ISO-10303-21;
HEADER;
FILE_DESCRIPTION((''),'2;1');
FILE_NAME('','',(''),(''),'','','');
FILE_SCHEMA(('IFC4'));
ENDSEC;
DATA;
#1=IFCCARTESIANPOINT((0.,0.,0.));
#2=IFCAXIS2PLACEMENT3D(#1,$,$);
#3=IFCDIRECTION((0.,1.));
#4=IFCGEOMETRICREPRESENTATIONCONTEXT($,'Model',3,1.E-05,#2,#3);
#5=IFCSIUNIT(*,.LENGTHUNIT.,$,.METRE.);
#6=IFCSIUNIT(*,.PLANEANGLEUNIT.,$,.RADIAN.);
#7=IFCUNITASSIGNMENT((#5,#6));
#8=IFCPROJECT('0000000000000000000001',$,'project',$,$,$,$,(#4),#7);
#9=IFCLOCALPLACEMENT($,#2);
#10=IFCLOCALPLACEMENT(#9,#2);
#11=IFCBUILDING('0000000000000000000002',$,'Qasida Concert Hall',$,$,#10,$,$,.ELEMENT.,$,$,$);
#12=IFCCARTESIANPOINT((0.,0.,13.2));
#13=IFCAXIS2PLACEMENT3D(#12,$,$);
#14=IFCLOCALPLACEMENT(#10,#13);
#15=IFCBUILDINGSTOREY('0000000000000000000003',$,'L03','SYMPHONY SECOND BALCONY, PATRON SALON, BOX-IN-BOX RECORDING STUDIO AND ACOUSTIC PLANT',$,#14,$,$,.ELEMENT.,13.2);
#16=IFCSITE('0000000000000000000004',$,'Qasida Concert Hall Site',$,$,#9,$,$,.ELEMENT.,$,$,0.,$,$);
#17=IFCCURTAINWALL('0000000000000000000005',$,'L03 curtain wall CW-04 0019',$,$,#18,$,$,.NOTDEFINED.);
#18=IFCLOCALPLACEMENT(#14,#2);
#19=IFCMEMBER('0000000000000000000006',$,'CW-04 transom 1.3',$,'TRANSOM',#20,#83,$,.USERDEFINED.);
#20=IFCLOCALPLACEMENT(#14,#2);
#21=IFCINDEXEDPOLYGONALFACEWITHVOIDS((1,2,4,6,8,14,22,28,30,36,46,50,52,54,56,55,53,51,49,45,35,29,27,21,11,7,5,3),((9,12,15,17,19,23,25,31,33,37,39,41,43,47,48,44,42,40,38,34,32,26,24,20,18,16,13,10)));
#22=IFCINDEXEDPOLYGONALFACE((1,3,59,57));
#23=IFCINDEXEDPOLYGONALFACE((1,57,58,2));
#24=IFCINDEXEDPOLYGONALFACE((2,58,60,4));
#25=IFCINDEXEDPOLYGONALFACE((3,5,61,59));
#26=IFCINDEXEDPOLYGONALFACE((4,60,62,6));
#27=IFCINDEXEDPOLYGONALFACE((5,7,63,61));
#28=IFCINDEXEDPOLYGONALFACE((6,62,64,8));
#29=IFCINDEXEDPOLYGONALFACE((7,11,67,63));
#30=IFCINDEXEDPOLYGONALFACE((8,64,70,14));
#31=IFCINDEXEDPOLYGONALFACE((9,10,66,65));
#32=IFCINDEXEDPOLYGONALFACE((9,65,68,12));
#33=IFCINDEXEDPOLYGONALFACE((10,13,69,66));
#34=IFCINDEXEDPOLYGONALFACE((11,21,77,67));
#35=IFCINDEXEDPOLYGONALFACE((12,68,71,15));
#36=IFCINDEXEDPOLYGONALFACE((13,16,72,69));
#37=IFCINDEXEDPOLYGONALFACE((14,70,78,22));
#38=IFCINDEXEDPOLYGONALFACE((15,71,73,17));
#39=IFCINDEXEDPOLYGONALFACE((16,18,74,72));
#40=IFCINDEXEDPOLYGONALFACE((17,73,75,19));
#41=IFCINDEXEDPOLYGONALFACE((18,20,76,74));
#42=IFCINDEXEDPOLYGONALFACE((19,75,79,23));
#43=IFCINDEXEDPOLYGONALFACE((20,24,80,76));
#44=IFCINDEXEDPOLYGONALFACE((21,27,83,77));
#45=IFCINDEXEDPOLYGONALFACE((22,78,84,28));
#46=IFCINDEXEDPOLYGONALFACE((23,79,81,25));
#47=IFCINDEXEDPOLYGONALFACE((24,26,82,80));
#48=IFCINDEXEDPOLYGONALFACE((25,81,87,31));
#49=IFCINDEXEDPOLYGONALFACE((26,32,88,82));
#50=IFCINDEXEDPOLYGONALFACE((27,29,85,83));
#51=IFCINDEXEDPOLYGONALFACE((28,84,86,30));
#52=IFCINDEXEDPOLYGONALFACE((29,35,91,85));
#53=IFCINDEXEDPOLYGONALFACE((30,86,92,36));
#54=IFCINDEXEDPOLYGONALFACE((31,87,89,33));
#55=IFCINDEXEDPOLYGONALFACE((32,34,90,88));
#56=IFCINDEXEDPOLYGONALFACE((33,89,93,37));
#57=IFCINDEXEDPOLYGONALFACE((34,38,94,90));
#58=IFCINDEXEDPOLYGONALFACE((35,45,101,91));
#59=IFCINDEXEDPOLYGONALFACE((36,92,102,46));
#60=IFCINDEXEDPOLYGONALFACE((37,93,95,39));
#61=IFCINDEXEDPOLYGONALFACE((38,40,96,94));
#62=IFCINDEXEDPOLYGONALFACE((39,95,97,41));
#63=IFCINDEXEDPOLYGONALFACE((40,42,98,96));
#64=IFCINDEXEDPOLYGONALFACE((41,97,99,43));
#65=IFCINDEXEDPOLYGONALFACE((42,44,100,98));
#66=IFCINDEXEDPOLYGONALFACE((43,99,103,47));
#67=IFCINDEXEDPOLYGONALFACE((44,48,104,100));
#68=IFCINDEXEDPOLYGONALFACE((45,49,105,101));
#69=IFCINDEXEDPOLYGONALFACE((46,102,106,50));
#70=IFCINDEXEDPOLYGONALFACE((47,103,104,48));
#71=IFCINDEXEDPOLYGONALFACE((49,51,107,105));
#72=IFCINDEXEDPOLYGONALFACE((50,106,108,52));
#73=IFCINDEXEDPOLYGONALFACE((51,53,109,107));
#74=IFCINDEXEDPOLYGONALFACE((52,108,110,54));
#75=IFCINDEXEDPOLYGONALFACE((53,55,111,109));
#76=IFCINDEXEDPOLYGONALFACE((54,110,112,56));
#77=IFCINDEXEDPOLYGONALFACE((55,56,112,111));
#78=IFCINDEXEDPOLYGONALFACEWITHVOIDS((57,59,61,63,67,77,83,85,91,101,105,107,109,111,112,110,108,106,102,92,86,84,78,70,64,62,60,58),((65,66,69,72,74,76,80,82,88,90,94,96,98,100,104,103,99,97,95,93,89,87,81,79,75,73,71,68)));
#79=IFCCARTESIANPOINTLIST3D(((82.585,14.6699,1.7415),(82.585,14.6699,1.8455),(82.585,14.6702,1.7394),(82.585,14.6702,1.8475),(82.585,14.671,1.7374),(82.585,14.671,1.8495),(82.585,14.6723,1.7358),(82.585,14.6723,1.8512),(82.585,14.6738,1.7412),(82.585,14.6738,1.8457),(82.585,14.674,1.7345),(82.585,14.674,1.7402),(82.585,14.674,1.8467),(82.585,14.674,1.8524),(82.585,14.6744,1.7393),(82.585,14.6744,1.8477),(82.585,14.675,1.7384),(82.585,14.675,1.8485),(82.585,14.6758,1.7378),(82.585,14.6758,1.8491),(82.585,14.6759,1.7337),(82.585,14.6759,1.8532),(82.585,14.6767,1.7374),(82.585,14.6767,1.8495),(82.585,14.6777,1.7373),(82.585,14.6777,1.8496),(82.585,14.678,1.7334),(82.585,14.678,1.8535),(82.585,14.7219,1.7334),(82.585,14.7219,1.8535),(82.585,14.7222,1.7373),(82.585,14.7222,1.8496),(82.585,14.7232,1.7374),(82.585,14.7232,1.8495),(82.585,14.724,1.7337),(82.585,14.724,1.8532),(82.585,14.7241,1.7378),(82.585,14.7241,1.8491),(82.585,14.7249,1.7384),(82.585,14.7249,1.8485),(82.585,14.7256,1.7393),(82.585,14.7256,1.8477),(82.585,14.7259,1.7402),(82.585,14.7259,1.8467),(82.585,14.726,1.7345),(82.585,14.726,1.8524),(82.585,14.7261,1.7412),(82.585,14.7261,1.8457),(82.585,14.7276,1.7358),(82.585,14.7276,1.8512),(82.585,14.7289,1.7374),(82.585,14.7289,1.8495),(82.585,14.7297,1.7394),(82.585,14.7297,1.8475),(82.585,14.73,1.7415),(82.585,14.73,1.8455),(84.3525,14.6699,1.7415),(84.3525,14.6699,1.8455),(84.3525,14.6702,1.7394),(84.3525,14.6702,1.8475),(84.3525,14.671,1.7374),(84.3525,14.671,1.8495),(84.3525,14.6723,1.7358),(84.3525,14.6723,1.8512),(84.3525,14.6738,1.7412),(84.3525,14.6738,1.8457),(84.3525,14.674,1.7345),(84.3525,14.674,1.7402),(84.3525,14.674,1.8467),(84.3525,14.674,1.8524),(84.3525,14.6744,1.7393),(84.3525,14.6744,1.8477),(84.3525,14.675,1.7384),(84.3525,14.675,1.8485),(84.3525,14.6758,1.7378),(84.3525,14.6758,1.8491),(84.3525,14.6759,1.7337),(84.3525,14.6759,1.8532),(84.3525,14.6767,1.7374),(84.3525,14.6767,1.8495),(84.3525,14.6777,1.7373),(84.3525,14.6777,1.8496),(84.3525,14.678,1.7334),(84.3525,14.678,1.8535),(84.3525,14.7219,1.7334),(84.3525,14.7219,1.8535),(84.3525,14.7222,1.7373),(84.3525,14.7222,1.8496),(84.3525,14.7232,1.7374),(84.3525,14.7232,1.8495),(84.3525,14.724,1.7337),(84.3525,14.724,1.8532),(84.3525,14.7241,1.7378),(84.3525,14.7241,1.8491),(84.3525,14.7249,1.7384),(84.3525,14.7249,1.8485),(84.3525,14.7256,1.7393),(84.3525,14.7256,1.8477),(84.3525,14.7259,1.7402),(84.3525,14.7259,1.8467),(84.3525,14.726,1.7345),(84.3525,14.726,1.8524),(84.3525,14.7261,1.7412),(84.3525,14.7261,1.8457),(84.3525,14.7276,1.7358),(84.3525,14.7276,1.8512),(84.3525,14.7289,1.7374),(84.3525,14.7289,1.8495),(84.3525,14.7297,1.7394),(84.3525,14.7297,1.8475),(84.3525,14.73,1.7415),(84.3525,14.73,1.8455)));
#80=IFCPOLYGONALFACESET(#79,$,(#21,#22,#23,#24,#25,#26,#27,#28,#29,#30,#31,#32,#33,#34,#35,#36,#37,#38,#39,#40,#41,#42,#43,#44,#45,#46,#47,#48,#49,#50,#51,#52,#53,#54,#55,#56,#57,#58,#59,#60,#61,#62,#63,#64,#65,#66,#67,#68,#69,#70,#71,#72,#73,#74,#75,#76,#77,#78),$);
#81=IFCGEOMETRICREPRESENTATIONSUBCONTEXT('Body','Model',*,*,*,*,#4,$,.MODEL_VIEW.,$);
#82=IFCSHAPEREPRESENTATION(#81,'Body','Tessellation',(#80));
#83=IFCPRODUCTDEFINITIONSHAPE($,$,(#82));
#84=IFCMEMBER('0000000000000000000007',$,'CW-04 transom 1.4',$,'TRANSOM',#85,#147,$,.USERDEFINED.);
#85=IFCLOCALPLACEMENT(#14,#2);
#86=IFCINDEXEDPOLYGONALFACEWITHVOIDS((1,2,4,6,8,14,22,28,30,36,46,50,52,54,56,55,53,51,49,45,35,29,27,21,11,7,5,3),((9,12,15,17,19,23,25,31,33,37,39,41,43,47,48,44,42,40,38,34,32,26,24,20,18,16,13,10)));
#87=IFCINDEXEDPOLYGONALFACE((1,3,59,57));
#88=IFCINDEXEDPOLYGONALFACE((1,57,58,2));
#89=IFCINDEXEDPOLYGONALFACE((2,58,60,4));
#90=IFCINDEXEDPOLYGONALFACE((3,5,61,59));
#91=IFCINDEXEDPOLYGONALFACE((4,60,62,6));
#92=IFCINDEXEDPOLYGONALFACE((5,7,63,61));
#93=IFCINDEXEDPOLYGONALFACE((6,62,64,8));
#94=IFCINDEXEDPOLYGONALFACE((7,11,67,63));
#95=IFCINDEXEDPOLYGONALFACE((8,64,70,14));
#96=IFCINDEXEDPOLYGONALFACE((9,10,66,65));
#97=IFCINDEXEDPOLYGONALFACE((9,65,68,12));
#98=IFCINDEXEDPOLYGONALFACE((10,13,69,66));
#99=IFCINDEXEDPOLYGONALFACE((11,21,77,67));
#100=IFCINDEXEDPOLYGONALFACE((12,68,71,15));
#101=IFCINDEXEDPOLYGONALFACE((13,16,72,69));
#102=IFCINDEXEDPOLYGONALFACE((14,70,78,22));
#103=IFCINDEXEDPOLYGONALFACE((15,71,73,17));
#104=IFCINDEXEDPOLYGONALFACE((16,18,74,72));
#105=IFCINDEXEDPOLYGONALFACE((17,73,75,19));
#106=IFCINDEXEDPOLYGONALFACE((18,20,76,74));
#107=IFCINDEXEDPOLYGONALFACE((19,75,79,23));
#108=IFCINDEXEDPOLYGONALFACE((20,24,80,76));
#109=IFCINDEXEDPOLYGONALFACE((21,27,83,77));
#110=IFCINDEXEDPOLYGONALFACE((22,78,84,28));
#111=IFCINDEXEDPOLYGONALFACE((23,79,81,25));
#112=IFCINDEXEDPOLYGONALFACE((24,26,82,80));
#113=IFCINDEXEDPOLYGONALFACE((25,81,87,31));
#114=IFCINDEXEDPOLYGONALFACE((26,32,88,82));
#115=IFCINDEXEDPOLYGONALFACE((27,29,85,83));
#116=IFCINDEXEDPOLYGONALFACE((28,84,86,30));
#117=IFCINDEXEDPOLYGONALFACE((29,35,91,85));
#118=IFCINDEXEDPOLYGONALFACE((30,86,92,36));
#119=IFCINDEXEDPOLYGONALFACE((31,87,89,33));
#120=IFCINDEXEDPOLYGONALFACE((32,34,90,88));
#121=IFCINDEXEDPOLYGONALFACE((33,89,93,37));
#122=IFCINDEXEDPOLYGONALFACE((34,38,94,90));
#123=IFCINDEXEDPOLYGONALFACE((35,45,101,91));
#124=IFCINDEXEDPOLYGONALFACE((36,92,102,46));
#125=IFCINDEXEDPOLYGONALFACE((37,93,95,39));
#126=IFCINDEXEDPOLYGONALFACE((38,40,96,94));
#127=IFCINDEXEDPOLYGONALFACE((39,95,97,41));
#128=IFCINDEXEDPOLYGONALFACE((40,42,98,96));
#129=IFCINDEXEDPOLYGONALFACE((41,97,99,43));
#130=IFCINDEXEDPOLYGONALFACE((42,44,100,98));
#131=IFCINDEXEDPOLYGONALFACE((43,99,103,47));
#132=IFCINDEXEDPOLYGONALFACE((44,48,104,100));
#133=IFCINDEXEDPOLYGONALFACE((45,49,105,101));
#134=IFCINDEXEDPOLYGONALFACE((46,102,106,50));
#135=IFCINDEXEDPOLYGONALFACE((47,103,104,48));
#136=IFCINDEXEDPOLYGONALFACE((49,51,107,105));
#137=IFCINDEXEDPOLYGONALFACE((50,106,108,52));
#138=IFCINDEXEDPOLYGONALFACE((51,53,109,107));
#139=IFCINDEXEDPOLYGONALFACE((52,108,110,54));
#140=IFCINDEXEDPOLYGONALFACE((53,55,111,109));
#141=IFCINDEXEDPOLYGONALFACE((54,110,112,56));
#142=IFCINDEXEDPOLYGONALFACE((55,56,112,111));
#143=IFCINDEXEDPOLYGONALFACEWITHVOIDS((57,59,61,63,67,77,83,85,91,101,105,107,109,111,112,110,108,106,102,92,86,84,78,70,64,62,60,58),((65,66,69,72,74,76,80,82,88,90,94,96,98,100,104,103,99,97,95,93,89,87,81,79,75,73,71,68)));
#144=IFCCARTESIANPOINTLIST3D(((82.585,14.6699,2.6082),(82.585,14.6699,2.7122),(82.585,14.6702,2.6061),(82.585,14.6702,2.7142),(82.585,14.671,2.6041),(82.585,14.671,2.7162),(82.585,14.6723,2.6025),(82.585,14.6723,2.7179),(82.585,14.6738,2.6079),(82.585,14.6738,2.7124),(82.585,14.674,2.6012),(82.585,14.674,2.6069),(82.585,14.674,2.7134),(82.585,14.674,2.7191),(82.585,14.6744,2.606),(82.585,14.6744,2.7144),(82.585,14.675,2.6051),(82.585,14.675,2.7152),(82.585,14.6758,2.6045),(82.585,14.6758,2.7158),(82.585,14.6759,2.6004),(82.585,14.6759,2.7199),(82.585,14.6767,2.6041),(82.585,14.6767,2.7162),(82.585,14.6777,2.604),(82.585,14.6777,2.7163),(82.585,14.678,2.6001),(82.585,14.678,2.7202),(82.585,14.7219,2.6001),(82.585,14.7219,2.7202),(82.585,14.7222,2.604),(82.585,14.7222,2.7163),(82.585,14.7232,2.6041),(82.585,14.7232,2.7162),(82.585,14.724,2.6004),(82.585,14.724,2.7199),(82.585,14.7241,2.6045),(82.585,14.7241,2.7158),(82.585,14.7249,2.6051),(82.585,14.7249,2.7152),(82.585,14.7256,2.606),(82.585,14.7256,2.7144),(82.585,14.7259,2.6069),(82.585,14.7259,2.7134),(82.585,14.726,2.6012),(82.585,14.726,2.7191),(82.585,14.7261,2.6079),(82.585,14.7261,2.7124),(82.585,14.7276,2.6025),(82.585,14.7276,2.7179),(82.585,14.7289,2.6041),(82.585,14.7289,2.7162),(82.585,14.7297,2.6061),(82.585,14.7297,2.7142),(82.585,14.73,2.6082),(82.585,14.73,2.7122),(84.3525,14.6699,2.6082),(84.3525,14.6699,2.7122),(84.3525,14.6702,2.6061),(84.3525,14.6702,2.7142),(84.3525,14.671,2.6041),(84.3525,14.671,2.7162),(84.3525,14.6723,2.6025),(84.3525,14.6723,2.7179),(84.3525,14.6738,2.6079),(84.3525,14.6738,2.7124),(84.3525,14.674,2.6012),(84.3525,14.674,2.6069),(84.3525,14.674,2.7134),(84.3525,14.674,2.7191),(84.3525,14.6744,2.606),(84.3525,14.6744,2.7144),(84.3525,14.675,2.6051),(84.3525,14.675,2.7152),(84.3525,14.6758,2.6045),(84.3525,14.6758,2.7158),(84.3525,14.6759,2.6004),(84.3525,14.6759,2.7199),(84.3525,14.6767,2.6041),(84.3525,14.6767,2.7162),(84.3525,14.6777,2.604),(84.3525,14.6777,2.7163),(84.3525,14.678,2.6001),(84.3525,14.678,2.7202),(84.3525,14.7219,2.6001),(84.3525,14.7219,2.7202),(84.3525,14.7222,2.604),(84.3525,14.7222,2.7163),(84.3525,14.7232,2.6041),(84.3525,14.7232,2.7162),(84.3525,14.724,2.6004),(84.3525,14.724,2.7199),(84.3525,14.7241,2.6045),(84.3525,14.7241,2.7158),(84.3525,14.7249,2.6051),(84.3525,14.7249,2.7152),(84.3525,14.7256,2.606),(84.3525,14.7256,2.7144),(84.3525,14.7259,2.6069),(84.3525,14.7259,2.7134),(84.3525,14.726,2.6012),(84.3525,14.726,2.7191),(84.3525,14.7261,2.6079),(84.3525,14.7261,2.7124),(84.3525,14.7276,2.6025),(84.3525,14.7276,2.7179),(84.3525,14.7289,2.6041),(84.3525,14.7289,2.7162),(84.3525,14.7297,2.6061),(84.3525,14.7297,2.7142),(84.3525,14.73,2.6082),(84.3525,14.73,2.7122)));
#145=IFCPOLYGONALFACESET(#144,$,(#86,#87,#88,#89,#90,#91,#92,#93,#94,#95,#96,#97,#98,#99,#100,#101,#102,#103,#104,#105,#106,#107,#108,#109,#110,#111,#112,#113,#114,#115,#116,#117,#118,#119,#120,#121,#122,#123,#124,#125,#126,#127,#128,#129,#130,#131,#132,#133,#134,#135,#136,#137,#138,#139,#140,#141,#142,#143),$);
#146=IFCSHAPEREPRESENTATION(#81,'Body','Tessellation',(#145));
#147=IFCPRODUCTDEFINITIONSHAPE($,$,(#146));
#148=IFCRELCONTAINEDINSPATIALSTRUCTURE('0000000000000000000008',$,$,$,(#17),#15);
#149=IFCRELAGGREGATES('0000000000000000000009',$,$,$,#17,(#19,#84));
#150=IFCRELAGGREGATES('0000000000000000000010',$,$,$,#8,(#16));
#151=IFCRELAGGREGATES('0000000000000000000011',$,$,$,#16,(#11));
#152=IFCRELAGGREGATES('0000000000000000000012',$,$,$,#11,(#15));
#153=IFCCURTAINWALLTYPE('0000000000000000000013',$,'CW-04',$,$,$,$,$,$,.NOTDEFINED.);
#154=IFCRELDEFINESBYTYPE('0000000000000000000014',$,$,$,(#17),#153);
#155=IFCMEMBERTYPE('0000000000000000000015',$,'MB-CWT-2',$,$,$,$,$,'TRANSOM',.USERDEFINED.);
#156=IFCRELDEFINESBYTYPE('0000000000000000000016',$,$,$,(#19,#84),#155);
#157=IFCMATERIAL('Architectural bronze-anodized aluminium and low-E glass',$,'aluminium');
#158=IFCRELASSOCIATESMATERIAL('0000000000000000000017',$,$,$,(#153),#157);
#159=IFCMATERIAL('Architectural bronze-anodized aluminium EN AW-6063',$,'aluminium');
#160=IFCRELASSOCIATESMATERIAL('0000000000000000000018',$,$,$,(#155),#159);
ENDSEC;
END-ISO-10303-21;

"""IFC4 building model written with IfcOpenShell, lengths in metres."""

from ifc_helpers import new_model, si_unit, direction, frame, origin, origin_2d, place, context, subcontext, project, spatial, hollow_rectangle, extrude, material, material_profile, profile_set, type_object, element, aggregate, save


model = new_model("IFC4")

# Units and contexts
model_context = context("Model", 3, precision=1e-05, world=origin(), true_north=direction((0.0, 1.0)))
body_context = subcontext(model_context, "Body", "Model", "MODEL_VIEW")
ifc_project = project(units=[si_unit("LENGTHUNIT", "METRE"), si_unit("PLANEANGLEUNIT", "RADIAN")], contexts=[model_context])

# Site, building, storey
site_placement = place(None, origin())
site = spatial("IfcSite", under=ifc_project, at=site_placement, Name="Qasida Concert Hall Site", CompositionType="ELEMENT", RefElevation=0.0)
building_placement = place(site_placement, origin())
building = spatial("IfcBuilding", under=site, at=building_placement, Name="Qasida Concert Hall", CompositionType="ELEMENT")
storey_placement = place(building_placement, frame((0.0, 0.0, 13.2)))
storey = spatial("IfcBuildingStorey", under=building, at=storey_placement, Name="L03", Description="SYMPHONY SECOND BALCONY, PATRON SALON, BOX-IN-BOX RECORDING STUDIO AND ACOUSTIC PLANT", CompositionType="ELEMENT", Elevation=13.2)

# Curtain wall
ifc_material_1 = material(Name="Architectural bronze-anodized aluminium and low-E glass", Category="aluminium")
curtain_wall_type = type_object("IfcCurtainWallType", Name="CW-04", PredefinedType="NOTDEFINED", material=ifc_material_1)
ifc_material_2 = material(Name="Architectural bronze-anodized aluminium EN AW-6063", Category="aluminium")
curtain_wall_1_placement = place(storey_placement, origin())
curtain_wall_1 = element("IfcCurtainWall", 1, at=curtain_wall_1_placement, inside=storey, type_object=curtain_wall_type, Name="L03 curtain wall CW-04 0019", PredefinedType="NOTDEFINED")

# Members
ifc_material_profile_1 = material_profile(ifc_material_2, hollow_rectangle(XDim=0.0601, YDim=0.1201, WallThickness=0.0039, InnerFilletRadius=0.0039, OuterFilletRadius=0.0081, at=origin_2d()), Name="CWT 120x60x4")
ifc_profile_set_1 = profile_set([ifc_material_profile_1], Name="Architectural bronze-anodized aluminium EN AW-6063")
member_type_1 = type_object("IfcMemberType", Name="MB-CWT-2", ElementType="TRANSOM", PredefinedType="USERDEFINED", material=ifc_profile_set_1)
member_1_placement = place(storey_placement, frame((82.585, 14.7, 1.7935), z_axis=(1.0, 0.0, 0.0), x_axis=(0.0, 1.0, 0.0)))
member_1 = element("IfcMember", 2, at=member_1_placement, type_object=member_type_1, Name="CW-04 transom 1.3", ObjectType="TRANSOM", PredefinedType="USERDEFINED", context=body_context, shape_type="SweptSolid", body=[
    extrude(hollow_rectangle(XDim=0.0601, YDim=0.1201, WallThickness=0.0039, InnerFilletRadius=0.0039, OuterFilletRadius=0.0081, at=origin_2d()), origin(), (0.0, 0.0, 1.0), 1.7676),
])
member_2_placement = place(storey_placement, frame((82.585, 14.7, 2.6602), z_axis=(1.0, 0.0, 0.0), x_axis=(0.0, 1.0, 0.0)))
member_2 = element("IfcMember", 3, at=member_2_placement, type_object=member_type_1, Name="CW-04 transom 1.4", ObjectType="TRANSOM", PredefinedType="USERDEFINED", context=body_context, shape_type="SweptSolid", body=[
    extrude(hollow_rectangle(XDim=0.0601, YDim=0.1201, WallThickness=0.0039, InnerFilletRadius=0.0039, OuterFilletRadius=0.0081, at=origin_2d()), origin(), (0.0, 0.0, 1.0), 1.7676),
])

aggregate(curtain_wall_1, [member_1, member_2])

save(model, "model.ifc")
